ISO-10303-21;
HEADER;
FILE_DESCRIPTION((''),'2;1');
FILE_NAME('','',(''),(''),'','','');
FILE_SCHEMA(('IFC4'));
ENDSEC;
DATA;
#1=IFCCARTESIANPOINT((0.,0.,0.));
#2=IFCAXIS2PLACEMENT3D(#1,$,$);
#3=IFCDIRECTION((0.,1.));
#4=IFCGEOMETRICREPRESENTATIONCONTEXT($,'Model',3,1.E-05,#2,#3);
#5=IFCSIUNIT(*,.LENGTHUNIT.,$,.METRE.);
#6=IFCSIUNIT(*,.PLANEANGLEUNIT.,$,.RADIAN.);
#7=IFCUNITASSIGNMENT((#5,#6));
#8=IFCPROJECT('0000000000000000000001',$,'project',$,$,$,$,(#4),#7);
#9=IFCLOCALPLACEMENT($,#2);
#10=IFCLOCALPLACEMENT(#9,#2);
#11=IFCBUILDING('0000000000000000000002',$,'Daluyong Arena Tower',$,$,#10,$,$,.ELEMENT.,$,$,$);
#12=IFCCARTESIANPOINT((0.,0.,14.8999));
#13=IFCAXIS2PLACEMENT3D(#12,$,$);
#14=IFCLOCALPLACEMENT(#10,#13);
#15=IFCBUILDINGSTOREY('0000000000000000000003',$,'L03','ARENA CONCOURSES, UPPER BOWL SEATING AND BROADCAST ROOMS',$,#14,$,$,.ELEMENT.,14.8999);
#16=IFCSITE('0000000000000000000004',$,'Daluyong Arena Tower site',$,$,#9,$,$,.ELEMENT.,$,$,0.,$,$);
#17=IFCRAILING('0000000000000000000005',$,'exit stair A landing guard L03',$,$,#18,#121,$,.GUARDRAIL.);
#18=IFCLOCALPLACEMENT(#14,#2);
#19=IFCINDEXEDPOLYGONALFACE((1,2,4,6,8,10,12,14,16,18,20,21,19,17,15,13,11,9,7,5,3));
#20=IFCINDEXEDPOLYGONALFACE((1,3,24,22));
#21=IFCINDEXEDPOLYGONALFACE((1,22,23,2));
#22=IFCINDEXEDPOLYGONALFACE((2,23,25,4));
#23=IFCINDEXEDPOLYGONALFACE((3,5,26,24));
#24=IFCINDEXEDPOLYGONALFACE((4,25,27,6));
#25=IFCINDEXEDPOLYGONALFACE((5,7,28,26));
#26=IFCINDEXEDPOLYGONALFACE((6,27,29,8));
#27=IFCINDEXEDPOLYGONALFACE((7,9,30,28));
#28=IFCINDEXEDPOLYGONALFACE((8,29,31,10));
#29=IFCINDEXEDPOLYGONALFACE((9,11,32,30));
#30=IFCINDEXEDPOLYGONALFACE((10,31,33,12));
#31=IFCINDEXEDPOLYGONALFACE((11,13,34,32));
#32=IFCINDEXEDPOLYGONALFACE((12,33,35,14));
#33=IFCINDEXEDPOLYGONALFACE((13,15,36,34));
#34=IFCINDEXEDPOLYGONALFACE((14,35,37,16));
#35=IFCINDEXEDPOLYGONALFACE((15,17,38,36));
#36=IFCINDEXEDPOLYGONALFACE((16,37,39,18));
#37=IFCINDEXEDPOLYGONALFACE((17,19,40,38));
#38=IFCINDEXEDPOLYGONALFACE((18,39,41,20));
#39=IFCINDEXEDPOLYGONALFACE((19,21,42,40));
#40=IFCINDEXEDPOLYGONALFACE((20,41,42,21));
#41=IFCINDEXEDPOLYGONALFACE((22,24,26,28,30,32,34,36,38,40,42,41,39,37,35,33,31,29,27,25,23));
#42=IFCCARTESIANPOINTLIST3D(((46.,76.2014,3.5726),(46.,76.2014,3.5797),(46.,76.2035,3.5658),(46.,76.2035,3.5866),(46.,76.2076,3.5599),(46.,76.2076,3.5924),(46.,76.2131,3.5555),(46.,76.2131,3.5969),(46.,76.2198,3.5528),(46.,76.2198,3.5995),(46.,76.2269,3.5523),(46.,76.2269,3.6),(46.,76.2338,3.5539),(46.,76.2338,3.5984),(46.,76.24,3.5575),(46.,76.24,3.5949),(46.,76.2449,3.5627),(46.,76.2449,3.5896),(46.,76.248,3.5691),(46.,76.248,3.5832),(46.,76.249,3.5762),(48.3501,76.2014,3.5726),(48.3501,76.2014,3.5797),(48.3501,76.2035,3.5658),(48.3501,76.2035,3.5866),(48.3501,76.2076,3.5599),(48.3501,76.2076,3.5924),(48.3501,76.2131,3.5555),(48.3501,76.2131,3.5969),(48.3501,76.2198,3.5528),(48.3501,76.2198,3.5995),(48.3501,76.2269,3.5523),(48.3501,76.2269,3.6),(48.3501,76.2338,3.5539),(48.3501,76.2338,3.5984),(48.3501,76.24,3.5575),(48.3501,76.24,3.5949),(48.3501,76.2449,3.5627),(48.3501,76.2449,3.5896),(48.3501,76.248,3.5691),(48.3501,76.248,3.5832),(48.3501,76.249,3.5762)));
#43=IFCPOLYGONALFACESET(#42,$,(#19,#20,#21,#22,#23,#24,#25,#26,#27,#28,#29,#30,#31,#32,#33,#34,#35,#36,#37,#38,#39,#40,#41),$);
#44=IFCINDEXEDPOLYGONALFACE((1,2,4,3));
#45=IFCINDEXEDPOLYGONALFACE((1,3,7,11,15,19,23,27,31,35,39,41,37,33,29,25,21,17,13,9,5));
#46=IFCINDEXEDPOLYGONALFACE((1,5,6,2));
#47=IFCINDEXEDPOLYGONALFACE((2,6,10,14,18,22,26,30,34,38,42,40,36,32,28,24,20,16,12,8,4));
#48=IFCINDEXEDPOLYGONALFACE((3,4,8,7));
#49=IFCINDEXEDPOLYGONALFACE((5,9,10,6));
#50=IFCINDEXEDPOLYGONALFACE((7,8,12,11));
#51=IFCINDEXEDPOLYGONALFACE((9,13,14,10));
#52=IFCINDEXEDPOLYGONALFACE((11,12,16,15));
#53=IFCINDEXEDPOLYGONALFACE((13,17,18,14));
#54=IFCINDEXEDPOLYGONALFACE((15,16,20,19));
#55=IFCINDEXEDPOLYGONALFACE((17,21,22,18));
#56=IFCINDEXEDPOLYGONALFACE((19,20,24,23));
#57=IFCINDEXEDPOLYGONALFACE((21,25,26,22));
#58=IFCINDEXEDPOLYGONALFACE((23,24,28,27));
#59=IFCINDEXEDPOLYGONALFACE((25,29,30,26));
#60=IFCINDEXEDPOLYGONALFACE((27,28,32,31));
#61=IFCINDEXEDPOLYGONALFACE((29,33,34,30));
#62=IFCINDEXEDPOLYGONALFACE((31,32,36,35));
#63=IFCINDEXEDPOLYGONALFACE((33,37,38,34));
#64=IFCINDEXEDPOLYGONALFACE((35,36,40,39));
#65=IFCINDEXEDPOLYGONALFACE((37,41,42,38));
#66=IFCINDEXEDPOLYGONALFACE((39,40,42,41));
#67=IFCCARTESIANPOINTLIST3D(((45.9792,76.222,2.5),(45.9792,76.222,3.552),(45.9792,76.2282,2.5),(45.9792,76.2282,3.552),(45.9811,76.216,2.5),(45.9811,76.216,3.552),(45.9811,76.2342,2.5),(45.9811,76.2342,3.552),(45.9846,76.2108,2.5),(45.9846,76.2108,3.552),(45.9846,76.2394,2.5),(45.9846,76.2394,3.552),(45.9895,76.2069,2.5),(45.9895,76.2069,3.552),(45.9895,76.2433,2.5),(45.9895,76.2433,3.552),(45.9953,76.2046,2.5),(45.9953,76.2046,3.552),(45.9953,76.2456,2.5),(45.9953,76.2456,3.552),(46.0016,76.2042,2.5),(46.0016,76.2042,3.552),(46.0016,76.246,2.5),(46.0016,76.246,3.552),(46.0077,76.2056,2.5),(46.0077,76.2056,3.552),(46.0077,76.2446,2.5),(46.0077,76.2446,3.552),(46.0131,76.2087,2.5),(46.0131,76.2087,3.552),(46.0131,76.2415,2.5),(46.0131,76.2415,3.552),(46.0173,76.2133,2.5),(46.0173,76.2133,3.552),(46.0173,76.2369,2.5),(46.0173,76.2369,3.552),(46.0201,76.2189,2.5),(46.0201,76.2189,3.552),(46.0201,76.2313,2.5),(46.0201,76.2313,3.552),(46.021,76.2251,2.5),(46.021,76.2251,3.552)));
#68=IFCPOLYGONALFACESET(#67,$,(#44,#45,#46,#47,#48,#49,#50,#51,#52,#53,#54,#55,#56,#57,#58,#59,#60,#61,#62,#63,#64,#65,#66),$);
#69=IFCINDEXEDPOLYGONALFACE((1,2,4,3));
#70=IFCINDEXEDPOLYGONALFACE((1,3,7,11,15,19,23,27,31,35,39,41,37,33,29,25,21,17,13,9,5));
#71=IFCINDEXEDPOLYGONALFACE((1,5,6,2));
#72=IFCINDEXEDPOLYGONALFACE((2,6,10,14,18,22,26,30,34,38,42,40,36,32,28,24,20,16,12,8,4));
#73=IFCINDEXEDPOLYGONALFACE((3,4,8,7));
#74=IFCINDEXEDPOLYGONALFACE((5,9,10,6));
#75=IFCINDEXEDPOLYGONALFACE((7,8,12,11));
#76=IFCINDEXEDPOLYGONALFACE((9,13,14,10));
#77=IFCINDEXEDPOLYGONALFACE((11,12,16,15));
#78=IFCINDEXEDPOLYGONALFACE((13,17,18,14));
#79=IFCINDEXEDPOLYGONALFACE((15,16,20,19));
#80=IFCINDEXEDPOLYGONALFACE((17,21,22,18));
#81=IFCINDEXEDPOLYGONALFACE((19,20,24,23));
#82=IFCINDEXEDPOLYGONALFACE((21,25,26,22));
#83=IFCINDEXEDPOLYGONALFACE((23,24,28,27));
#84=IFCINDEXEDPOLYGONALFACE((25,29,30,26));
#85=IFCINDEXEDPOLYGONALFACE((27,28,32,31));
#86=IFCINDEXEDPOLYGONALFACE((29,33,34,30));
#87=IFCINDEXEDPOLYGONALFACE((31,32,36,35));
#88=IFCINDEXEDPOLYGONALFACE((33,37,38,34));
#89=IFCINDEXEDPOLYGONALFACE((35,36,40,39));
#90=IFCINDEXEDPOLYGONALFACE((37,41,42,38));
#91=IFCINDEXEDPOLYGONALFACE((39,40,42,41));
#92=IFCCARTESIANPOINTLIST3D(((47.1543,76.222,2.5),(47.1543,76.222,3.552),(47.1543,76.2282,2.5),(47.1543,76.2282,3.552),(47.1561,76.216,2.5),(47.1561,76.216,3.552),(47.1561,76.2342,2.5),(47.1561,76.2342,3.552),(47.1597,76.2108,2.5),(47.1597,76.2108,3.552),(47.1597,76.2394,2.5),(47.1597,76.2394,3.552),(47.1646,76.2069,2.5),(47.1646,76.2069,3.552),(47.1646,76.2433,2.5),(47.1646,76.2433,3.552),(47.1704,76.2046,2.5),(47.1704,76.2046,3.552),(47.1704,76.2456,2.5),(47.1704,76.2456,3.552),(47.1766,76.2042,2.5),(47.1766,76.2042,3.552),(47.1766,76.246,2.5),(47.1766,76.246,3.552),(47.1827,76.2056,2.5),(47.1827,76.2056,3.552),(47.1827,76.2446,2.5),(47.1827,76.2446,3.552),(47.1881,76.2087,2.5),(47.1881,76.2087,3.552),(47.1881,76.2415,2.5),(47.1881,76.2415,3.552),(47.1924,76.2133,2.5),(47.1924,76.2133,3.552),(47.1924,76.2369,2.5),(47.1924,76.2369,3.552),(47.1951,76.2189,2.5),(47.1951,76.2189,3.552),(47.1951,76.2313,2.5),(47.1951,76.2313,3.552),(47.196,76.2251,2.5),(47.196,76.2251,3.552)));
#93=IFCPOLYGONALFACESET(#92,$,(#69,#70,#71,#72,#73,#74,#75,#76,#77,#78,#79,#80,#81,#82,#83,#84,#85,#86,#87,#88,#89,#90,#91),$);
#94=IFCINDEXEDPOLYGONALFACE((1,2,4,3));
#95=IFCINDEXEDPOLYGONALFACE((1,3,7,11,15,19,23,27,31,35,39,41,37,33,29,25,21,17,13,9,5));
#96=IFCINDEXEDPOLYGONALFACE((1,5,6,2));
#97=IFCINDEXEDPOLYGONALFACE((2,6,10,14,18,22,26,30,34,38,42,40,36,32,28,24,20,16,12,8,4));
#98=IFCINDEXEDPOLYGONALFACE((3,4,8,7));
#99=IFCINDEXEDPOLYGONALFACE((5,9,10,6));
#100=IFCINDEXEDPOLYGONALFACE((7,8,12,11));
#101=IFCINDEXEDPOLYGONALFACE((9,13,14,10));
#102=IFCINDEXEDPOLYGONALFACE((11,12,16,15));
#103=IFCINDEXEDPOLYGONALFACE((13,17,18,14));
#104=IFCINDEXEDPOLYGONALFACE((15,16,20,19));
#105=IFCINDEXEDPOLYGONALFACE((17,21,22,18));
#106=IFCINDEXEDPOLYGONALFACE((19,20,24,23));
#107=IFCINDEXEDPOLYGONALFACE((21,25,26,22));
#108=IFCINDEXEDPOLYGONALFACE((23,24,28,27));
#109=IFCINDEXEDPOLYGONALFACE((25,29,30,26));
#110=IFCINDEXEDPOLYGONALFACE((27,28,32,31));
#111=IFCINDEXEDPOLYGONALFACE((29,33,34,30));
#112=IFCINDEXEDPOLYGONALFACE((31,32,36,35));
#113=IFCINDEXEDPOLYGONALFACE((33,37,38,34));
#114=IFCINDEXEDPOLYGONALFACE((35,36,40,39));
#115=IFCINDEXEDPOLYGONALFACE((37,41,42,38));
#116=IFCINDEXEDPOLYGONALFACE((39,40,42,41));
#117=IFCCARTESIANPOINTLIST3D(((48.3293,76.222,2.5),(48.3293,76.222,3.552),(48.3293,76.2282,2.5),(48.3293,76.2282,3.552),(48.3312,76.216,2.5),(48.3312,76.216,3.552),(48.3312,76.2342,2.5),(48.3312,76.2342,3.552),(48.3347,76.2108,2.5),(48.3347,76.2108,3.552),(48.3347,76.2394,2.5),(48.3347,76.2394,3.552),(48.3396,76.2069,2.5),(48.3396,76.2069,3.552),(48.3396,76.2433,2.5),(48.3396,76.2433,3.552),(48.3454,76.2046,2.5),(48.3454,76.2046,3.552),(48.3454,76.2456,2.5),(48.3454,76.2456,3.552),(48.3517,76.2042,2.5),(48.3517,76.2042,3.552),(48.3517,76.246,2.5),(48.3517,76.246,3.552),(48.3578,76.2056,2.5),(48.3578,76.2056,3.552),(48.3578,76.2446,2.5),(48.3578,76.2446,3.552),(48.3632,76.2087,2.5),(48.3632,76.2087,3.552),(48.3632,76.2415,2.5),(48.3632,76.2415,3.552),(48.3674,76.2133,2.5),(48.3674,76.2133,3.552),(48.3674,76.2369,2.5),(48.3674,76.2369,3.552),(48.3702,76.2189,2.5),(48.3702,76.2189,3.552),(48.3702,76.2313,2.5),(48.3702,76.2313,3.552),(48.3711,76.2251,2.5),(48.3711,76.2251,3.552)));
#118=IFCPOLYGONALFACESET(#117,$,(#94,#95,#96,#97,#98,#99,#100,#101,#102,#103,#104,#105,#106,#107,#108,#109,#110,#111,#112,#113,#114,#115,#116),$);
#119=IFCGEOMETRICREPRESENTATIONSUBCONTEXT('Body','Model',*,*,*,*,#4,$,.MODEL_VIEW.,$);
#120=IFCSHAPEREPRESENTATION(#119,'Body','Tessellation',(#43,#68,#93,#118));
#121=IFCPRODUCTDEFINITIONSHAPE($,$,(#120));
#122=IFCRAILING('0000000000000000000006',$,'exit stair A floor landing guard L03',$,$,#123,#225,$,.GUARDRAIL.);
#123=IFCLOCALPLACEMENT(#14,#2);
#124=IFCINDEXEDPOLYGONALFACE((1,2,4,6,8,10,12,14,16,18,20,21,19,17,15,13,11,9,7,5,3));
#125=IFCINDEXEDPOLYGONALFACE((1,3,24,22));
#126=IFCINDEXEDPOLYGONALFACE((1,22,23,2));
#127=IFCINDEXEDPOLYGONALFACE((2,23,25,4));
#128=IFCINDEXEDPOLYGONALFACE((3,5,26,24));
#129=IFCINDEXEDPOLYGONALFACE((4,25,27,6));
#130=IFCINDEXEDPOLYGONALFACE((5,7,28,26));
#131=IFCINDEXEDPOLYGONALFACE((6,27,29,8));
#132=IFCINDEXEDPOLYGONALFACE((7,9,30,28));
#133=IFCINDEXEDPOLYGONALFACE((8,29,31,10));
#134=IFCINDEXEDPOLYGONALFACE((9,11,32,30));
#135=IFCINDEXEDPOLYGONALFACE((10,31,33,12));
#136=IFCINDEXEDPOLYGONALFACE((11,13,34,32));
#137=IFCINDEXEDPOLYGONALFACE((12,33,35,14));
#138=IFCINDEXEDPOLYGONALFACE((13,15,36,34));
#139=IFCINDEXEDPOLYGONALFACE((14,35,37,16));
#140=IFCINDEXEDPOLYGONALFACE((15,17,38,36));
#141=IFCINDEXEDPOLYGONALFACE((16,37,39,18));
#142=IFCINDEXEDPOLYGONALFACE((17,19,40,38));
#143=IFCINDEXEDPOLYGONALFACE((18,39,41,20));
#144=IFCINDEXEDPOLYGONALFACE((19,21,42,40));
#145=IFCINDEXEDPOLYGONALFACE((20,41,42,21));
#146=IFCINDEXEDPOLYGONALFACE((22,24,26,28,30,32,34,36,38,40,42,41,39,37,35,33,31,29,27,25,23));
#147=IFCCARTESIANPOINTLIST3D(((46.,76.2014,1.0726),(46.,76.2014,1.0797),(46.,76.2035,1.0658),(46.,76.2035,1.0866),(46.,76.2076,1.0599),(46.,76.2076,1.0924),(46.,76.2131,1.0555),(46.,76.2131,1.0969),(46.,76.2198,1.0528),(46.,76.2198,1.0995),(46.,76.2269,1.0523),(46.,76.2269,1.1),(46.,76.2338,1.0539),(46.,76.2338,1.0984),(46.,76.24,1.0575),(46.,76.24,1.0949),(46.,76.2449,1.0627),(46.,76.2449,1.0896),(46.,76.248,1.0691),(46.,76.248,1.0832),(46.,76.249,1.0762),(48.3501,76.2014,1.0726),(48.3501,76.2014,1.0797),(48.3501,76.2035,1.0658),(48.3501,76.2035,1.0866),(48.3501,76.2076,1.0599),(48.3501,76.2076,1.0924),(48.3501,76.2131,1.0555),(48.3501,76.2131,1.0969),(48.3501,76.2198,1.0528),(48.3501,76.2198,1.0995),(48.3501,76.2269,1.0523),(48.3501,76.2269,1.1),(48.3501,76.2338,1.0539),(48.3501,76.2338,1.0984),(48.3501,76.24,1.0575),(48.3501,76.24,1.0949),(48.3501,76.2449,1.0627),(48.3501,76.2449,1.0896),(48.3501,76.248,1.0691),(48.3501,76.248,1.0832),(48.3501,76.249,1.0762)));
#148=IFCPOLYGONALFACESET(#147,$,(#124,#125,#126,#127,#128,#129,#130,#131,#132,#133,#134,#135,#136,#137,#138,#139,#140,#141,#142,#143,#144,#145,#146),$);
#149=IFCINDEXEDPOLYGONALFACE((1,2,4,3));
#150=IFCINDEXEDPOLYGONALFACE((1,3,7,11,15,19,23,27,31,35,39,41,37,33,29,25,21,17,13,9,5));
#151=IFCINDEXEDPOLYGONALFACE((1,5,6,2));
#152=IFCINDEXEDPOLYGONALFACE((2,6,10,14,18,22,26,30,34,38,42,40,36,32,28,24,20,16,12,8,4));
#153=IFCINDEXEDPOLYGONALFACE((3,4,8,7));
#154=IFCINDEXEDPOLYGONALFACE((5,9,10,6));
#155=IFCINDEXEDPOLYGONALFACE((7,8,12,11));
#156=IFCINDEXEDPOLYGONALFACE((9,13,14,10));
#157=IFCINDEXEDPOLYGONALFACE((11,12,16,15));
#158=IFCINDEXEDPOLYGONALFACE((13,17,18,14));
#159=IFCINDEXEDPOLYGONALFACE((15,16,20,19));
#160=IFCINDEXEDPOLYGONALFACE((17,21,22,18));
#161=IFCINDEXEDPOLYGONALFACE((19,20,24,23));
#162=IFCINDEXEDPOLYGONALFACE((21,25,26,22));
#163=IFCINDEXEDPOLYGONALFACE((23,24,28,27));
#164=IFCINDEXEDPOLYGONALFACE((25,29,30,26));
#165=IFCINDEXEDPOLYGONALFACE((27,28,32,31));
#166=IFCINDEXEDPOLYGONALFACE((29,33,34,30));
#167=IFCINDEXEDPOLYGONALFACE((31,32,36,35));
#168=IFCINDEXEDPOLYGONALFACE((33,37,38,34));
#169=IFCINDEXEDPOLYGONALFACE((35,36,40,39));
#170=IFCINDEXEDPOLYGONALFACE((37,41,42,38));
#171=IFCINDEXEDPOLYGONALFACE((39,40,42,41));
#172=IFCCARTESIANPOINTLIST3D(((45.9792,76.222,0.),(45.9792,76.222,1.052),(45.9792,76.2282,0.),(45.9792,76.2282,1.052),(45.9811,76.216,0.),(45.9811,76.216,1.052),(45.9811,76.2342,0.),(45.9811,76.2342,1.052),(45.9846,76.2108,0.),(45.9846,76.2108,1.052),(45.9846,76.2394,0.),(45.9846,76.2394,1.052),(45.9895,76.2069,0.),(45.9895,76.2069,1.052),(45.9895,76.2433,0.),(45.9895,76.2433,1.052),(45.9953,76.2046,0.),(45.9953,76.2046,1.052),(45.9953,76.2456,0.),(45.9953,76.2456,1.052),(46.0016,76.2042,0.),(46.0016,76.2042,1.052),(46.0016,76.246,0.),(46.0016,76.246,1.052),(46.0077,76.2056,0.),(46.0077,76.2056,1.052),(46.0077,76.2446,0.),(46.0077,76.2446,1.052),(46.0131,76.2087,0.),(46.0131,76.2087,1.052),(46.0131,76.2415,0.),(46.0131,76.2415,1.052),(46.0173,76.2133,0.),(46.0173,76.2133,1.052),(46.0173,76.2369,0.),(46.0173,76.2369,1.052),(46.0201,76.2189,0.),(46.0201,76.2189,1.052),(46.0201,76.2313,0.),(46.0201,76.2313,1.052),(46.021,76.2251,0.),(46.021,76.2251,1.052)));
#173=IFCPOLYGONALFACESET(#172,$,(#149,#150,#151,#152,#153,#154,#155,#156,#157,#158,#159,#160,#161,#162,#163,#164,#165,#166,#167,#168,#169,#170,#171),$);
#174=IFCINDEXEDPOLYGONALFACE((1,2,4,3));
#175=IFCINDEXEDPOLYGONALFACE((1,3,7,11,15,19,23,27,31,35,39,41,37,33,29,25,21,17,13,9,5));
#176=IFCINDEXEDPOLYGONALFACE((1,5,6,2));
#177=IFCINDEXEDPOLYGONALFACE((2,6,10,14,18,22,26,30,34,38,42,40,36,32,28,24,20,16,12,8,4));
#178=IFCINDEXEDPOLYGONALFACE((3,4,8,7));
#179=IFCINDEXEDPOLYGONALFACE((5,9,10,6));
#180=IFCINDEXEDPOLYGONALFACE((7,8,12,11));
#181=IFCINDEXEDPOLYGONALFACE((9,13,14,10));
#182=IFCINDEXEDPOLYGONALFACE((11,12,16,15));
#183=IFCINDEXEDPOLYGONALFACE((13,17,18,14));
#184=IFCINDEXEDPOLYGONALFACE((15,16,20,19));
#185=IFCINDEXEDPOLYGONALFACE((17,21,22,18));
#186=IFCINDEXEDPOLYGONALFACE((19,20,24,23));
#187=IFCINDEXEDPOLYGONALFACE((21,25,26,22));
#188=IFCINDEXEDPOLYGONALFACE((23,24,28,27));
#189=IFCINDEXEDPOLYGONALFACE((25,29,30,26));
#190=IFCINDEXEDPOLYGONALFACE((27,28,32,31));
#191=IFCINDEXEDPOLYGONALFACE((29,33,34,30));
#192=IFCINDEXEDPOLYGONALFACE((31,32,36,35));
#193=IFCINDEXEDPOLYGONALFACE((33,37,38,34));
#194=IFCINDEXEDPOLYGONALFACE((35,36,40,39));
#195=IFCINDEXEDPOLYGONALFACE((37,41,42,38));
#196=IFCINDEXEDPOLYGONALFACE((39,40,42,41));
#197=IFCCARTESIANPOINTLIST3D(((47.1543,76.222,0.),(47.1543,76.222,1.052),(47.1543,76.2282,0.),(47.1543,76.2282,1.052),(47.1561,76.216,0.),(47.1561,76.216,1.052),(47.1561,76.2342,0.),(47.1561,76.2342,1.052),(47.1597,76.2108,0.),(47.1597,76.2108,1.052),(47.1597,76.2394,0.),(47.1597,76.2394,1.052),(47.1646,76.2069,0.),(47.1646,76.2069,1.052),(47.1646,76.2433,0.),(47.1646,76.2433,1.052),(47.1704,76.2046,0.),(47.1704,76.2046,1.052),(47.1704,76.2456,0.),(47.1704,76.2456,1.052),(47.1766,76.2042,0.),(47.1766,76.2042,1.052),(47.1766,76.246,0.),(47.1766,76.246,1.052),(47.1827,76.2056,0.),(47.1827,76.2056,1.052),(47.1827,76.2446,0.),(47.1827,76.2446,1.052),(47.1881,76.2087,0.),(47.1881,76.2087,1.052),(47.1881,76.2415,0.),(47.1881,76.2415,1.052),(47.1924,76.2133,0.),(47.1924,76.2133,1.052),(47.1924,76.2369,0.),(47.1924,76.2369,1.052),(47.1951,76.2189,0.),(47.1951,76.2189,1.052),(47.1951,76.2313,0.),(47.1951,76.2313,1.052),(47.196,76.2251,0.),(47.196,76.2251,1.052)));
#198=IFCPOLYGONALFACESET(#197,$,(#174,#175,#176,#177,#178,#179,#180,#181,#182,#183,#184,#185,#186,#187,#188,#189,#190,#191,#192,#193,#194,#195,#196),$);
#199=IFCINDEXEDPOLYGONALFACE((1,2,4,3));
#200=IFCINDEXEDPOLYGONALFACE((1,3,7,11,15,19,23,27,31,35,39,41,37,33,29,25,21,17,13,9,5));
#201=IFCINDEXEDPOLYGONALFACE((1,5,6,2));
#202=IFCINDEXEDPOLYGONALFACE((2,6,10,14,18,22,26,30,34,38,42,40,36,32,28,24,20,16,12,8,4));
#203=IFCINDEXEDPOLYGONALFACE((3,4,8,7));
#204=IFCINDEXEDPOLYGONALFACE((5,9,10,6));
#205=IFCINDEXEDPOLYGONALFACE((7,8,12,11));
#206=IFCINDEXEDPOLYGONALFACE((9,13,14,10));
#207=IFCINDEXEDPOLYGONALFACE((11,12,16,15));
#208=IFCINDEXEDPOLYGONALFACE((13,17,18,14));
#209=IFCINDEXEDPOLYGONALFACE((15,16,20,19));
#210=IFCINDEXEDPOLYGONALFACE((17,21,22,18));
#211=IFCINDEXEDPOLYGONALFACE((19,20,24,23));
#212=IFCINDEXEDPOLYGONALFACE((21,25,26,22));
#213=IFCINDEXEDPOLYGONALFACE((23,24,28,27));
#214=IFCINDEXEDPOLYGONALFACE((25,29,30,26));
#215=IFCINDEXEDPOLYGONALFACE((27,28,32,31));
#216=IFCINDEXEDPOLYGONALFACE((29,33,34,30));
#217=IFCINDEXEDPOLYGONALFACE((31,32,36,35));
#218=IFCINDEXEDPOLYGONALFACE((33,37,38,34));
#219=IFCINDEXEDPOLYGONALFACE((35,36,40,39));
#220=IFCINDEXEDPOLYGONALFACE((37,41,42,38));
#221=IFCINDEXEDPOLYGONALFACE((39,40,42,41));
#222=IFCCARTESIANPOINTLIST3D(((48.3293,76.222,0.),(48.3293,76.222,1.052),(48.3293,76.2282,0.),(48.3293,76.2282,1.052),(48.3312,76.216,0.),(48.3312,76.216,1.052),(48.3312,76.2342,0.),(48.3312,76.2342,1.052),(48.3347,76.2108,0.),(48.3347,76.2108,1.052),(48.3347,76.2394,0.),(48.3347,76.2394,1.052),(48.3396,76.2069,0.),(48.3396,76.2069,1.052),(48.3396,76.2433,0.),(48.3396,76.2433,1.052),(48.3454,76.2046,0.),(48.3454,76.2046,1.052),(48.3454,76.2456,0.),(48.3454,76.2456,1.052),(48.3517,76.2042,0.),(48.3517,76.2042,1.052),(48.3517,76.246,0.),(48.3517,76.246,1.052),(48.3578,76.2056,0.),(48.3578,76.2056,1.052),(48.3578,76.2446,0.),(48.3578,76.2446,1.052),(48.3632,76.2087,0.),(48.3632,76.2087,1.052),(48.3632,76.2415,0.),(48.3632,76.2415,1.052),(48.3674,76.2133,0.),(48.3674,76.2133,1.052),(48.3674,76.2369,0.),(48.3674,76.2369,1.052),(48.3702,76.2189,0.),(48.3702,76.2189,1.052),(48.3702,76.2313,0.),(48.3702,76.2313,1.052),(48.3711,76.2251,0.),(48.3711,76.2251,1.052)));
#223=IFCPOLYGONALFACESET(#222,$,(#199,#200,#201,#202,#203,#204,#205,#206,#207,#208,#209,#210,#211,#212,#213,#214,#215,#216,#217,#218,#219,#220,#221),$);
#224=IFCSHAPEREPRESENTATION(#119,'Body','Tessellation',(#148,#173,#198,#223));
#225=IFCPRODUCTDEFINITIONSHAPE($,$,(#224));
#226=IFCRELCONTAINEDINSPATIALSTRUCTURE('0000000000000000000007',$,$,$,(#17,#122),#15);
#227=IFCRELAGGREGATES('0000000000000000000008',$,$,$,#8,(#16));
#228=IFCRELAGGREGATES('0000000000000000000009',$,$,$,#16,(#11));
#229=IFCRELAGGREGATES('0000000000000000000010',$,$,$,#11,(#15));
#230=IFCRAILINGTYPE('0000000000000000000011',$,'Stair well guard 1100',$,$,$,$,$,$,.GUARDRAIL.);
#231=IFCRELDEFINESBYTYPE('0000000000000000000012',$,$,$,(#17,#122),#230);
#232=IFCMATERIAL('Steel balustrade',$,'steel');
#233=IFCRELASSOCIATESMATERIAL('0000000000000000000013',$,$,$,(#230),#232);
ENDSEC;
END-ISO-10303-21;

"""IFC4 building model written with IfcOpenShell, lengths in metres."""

from ifc_helpers import new_model, si_unit, direction, frame, origin, origin_2d, place, context, subcontext, project, spatial, circle, extrude, material, type_object, element, save


model = new_model("IFC4")

# Units and contexts
model_context = context("Model", 3, precision=1e-05, world=origin(), true_north=direction((0.0, 1.0)))
body_context = subcontext(model_context, "Body", "Model", "MODEL_VIEW")
ifc_project = project(units=[si_unit("LENGTHUNIT", "METRE"), si_unit("PLANEANGLEUNIT", "RADIAN")], contexts=[model_context])

# Site, building, storey
site_placement = place(None, origin())
site = spatial("IfcSite", under=ifc_project, at=site_placement, Name="Daluyong Arena Tower site", CompositionType="ELEMENT", RefElevation=0.0)
building_placement = place(site_placement, origin())
building = spatial("IfcBuilding", under=site, at=building_placement, Name="Daluyong Arena Tower", CompositionType="ELEMENT")
storey_placement = place(building_placement, frame((0.0, 0.0, 14.8999)))
storey = spatial("IfcBuildingStorey", under=building, at=storey_placement, Name="L03", Description="ARENA CONCOURSES, UPPER BOWL SEATING AND BROADCAST ROOMS", CompositionType="ELEMENT", Elevation=14.8999)

# Railings
ifc_material_1 = material(Name="Steel balustrade", Category="steel")
railing_type = type_object("IfcRailingType", Name="Stair well guard 1100", PredefinedType="GUARDRAIL", material=ifc_material_1)
for number, where, name in (
    (1, (46.0, 76.2251, 2.5), "exit stair A landing guard L03"),
    (2, (46.0, 76.2251, 0.0), "exit stair A floor landing guard L03"),
):
    element("IfcRailing", number, at=place(storey_placement, frame(where)), inside=storey, type_object=railing_type, Name=name, PredefinedType="GUARDRAIL", context=body_context, shape_type="SweptSolid", body=[
        extrude(circle(Radius=0.0239, at=origin_2d()), frame((0.0, 0.0, 1.0762), z_axis=(1.0, 0.0, 0.0), x_axis=(0.0, 1.0, 0.0)), (0.0, 0.0, 1.0), 2.3501),
        extrude(circle(Radius=0.021, at=origin_2d()), origin(), (0.0, 0.0, 1.0), 1.052),
        extrude(circle(Radius=0.021, at=origin_2d()), frame((1.175, 0.0, 0.0)), (0.0, 0.0, 1.0), 1.052),
        extrude(circle(Radius=0.021, at=origin_2d()), frame((2.3501, 0.0, 0.0)), (0.0, 0.0, 1.0), 1.052),
    ])

save(model, "model.ifc")
